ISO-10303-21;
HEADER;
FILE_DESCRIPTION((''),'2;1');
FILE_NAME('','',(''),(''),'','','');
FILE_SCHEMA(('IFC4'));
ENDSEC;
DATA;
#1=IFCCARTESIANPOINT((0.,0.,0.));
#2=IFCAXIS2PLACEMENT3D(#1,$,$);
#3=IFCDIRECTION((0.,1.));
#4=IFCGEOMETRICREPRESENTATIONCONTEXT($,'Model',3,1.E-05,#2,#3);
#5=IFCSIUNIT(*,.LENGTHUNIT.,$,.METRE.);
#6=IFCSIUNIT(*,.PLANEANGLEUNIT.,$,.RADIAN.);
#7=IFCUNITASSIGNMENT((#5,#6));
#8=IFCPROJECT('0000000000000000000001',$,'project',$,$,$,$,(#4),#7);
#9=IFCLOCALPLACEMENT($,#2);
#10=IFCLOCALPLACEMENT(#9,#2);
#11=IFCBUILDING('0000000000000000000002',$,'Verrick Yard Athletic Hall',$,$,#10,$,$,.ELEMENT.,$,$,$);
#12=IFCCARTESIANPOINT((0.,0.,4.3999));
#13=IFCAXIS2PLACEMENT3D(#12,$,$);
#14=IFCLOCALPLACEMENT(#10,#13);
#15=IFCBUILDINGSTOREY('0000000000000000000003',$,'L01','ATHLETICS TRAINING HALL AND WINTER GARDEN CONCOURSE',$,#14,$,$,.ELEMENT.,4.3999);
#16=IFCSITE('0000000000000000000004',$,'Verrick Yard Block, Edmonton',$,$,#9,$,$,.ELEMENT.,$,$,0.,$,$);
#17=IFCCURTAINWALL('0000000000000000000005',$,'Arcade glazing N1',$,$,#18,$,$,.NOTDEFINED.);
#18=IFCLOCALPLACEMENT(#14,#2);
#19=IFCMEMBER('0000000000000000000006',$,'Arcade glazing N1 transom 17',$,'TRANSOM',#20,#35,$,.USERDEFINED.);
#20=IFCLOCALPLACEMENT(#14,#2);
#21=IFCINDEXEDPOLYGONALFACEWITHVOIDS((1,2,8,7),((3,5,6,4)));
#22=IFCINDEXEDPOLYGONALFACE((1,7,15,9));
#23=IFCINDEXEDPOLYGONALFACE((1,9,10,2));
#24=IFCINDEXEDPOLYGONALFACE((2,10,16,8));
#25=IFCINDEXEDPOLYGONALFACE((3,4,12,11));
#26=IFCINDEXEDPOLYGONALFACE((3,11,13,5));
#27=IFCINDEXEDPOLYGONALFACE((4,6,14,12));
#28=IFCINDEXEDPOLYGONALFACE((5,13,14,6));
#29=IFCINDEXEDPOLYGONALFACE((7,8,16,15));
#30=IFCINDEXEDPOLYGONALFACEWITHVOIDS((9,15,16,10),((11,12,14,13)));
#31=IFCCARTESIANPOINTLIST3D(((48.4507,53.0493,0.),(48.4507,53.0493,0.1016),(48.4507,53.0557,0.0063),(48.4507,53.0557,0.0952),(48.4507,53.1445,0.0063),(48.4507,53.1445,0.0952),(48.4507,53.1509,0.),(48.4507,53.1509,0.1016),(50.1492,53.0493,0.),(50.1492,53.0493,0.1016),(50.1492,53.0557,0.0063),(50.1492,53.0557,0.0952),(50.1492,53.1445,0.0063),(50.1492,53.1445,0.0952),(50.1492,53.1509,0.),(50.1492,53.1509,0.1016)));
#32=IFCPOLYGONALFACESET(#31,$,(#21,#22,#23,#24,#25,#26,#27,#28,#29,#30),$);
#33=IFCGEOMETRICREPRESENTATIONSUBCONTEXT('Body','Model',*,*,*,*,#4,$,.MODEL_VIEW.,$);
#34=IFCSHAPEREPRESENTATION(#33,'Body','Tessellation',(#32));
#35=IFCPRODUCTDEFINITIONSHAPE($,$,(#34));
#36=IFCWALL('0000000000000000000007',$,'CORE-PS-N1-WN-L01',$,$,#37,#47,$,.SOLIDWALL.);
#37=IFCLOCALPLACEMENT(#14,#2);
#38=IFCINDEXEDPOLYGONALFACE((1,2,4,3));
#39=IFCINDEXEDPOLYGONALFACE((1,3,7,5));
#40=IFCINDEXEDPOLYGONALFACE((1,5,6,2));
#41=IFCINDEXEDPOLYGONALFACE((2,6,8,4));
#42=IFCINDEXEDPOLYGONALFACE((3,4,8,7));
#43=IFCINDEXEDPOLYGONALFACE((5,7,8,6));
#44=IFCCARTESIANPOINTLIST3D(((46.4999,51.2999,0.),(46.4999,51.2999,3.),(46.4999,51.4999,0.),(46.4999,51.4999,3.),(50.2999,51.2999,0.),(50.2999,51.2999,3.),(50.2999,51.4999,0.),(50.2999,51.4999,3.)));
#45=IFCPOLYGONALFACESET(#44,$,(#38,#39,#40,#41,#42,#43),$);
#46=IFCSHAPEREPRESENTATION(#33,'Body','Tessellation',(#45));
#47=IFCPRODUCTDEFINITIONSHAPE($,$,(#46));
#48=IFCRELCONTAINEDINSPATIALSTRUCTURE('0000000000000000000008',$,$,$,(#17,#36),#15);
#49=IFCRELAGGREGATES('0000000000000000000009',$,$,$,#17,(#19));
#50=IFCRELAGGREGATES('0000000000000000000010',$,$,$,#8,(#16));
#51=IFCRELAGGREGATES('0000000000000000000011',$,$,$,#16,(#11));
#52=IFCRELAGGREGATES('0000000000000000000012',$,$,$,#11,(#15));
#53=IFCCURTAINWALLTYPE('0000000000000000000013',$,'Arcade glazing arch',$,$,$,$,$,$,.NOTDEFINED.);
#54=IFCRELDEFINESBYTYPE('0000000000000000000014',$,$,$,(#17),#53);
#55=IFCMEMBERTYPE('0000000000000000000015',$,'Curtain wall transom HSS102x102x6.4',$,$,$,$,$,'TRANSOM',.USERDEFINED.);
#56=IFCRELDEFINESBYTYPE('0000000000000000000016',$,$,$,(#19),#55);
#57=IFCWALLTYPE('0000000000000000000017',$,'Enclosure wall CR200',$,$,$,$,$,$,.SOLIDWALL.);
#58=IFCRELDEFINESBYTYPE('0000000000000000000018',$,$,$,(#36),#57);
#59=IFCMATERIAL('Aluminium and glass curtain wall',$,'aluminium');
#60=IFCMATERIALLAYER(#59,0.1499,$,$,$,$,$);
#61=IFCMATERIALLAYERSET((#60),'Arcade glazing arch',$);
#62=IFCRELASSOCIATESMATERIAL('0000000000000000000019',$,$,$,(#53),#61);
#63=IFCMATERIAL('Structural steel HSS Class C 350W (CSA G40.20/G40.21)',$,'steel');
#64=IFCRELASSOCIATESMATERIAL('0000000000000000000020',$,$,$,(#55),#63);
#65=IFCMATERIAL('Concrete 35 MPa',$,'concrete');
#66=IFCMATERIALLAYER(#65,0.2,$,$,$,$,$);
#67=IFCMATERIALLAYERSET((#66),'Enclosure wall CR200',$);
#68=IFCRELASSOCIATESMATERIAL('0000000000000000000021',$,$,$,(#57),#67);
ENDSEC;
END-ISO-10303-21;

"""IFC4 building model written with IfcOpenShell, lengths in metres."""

from ifc_helpers import new_model, si_unit, direction, frame, frame_2d, origin, origin_2d, place, context, subcontext, project, spatial, rectangle, hollow_rectangle, extrude, material, layer, layer_set, material_profile, profile_set, type_object, element, aggregate, save


model = new_model("IFC4")

# Units and contexts
model_context = context("Model", 3, precision=1e-05, world=origin(), true_north=direction((0.0, 1.0)))
body_context = subcontext(model_context, "Body", "Model", "MODEL_VIEW")
ifc_project = project(units=[si_unit("LENGTHUNIT", "METRE"), si_unit("PLANEANGLEUNIT", "RADIAN")], contexts=[model_context])

# Site, building, storey
site_placement = place(None, origin())
site = spatial("IfcSite", under=ifc_project, at=site_placement, Name="Verrick Yard Block, Edmonton", CompositionType="ELEMENT", RefElevation=0.0)
building_placement = place(site_placement, origin())
building = spatial("IfcBuilding", under=site, at=building_placement, Name="Verrick Yard Athletic Hall", CompositionType="ELEMENT")
storey_placement = place(building_placement, frame((0.0, 0.0, 4.3999)))
storey = spatial("IfcBuildingStorey", under=building, at=storey_placement, Name="L01", Description="ATHLETICS TRAINING HALL AND WINTER GARDEN CONCOURSE", CompositionType="ELEMENT", Elevation=4.3999)

# Shared definitions
ifc_material_1 = material(Name="Concrete 35 MPa", Category="concrete")

# Curtain wall, member
ifc_material_2 = material(Name="Aluminium and glass curtain wall", Category="aluminium")
ifc_layer_1 = layer(ifc_material_2, 0.1499)
ifc_layer_set_1 = layer_set([ifc_layer_1], Name="Arcade glazing arch")
curtain_wall_type = type_object("IfcCurtainWallType", Name="Arcade glazing arch", PredefinedType="NOTDEFINED", material=ifc_layer_set_1)
curtain_wall_placement = place(storey_placement, origin())
curtain_wall = element("IfcCurtainWall", 1, at=curtain_wall_placement, inside=storey, type_object=curtain_wall_type, Name="Arcade glazing N1", PredefinedType="NOTDEFINED")
ifc_material_3 = material(Name="Structural steel HSS Class C 350W (CSA G40.20/G40.21)", Category="steel")
ifc_material_profile_1 = material_profile(ifc_material_3, hollow_rectangle(XDim=0.1016, YDim=0.1016, WallThickness=0.0063, at=origin_2d()), Name="HSS102x102x6.4")
ifc_profile_set_1 = profile_set([ifc_material_profile_1], Name="Structural steel HSS Class C 350W (CSA G40.20/G40.21)")
member_type_1 = type_object("IfcMemberType", Name="Curtain wall transom HSS102x102x6.4", ElementType="TRANSOM", PredefinedType="USERDEFINED", material=ifc_profile_set_1)
member_1_placement = place(storey_placement, frame((48.4507, 53.1001, 0.0508), z_axis=(1.0, 0.0, 0.0), x_axis=(0.0, 1.0, 0.0)))
member_1 = element("IfcMember", 2, at=member_1_placement, type_object=member_type_1, Name="Arcade glazing N1 transom 17", ObjectType="TRANSOM", PredefinedType="USERDEFINED", context=body_context, shape_type="SweptSolid", body=[
    extrude(hollow_rectangle(XDim=0.1016, YDim=0.1016, WallThickness=0.0063, at=origin_2d()), origin(), (0.0, 0.0, 1.0), 1.6985),
])
aggregate(curtain_wall, [member_1])

# Wall
ifc_layer_2 = layer(ifc_material_1, 0.2)
ifc_layer_set_2 = layer_set([ifc_layer_2], Name="Enclosure wall CR200")
wall_type = type_object("IfcWallType", Name="Enclosure wall CR200", PredefinedType="SOLIDWALL", material=ifc_layer_set_2)
wall_placement = place(storey_placement, frame((46.5, 51.3999, 0.0), z_axis=(0.0, 0.0, 1.0), x_axis=(1.0, 0.0, 0.0)))
element("IfcWall", 3, at=wall_placement, inside=storey, type_object=wall_type, Name="CORE-PS-N1-WN-L01", PredefinedType="SOLIDWALL", context=body_context, shape_type="SweptSolid", body=[
    extrude(rectangle(XDim=3.8, YDim=0.2, at=frame_2d((1.8999, 0.0))), origin(), (0.0, 0.0, 1.0), 3.0),
])

save(model, "model.ifc")
